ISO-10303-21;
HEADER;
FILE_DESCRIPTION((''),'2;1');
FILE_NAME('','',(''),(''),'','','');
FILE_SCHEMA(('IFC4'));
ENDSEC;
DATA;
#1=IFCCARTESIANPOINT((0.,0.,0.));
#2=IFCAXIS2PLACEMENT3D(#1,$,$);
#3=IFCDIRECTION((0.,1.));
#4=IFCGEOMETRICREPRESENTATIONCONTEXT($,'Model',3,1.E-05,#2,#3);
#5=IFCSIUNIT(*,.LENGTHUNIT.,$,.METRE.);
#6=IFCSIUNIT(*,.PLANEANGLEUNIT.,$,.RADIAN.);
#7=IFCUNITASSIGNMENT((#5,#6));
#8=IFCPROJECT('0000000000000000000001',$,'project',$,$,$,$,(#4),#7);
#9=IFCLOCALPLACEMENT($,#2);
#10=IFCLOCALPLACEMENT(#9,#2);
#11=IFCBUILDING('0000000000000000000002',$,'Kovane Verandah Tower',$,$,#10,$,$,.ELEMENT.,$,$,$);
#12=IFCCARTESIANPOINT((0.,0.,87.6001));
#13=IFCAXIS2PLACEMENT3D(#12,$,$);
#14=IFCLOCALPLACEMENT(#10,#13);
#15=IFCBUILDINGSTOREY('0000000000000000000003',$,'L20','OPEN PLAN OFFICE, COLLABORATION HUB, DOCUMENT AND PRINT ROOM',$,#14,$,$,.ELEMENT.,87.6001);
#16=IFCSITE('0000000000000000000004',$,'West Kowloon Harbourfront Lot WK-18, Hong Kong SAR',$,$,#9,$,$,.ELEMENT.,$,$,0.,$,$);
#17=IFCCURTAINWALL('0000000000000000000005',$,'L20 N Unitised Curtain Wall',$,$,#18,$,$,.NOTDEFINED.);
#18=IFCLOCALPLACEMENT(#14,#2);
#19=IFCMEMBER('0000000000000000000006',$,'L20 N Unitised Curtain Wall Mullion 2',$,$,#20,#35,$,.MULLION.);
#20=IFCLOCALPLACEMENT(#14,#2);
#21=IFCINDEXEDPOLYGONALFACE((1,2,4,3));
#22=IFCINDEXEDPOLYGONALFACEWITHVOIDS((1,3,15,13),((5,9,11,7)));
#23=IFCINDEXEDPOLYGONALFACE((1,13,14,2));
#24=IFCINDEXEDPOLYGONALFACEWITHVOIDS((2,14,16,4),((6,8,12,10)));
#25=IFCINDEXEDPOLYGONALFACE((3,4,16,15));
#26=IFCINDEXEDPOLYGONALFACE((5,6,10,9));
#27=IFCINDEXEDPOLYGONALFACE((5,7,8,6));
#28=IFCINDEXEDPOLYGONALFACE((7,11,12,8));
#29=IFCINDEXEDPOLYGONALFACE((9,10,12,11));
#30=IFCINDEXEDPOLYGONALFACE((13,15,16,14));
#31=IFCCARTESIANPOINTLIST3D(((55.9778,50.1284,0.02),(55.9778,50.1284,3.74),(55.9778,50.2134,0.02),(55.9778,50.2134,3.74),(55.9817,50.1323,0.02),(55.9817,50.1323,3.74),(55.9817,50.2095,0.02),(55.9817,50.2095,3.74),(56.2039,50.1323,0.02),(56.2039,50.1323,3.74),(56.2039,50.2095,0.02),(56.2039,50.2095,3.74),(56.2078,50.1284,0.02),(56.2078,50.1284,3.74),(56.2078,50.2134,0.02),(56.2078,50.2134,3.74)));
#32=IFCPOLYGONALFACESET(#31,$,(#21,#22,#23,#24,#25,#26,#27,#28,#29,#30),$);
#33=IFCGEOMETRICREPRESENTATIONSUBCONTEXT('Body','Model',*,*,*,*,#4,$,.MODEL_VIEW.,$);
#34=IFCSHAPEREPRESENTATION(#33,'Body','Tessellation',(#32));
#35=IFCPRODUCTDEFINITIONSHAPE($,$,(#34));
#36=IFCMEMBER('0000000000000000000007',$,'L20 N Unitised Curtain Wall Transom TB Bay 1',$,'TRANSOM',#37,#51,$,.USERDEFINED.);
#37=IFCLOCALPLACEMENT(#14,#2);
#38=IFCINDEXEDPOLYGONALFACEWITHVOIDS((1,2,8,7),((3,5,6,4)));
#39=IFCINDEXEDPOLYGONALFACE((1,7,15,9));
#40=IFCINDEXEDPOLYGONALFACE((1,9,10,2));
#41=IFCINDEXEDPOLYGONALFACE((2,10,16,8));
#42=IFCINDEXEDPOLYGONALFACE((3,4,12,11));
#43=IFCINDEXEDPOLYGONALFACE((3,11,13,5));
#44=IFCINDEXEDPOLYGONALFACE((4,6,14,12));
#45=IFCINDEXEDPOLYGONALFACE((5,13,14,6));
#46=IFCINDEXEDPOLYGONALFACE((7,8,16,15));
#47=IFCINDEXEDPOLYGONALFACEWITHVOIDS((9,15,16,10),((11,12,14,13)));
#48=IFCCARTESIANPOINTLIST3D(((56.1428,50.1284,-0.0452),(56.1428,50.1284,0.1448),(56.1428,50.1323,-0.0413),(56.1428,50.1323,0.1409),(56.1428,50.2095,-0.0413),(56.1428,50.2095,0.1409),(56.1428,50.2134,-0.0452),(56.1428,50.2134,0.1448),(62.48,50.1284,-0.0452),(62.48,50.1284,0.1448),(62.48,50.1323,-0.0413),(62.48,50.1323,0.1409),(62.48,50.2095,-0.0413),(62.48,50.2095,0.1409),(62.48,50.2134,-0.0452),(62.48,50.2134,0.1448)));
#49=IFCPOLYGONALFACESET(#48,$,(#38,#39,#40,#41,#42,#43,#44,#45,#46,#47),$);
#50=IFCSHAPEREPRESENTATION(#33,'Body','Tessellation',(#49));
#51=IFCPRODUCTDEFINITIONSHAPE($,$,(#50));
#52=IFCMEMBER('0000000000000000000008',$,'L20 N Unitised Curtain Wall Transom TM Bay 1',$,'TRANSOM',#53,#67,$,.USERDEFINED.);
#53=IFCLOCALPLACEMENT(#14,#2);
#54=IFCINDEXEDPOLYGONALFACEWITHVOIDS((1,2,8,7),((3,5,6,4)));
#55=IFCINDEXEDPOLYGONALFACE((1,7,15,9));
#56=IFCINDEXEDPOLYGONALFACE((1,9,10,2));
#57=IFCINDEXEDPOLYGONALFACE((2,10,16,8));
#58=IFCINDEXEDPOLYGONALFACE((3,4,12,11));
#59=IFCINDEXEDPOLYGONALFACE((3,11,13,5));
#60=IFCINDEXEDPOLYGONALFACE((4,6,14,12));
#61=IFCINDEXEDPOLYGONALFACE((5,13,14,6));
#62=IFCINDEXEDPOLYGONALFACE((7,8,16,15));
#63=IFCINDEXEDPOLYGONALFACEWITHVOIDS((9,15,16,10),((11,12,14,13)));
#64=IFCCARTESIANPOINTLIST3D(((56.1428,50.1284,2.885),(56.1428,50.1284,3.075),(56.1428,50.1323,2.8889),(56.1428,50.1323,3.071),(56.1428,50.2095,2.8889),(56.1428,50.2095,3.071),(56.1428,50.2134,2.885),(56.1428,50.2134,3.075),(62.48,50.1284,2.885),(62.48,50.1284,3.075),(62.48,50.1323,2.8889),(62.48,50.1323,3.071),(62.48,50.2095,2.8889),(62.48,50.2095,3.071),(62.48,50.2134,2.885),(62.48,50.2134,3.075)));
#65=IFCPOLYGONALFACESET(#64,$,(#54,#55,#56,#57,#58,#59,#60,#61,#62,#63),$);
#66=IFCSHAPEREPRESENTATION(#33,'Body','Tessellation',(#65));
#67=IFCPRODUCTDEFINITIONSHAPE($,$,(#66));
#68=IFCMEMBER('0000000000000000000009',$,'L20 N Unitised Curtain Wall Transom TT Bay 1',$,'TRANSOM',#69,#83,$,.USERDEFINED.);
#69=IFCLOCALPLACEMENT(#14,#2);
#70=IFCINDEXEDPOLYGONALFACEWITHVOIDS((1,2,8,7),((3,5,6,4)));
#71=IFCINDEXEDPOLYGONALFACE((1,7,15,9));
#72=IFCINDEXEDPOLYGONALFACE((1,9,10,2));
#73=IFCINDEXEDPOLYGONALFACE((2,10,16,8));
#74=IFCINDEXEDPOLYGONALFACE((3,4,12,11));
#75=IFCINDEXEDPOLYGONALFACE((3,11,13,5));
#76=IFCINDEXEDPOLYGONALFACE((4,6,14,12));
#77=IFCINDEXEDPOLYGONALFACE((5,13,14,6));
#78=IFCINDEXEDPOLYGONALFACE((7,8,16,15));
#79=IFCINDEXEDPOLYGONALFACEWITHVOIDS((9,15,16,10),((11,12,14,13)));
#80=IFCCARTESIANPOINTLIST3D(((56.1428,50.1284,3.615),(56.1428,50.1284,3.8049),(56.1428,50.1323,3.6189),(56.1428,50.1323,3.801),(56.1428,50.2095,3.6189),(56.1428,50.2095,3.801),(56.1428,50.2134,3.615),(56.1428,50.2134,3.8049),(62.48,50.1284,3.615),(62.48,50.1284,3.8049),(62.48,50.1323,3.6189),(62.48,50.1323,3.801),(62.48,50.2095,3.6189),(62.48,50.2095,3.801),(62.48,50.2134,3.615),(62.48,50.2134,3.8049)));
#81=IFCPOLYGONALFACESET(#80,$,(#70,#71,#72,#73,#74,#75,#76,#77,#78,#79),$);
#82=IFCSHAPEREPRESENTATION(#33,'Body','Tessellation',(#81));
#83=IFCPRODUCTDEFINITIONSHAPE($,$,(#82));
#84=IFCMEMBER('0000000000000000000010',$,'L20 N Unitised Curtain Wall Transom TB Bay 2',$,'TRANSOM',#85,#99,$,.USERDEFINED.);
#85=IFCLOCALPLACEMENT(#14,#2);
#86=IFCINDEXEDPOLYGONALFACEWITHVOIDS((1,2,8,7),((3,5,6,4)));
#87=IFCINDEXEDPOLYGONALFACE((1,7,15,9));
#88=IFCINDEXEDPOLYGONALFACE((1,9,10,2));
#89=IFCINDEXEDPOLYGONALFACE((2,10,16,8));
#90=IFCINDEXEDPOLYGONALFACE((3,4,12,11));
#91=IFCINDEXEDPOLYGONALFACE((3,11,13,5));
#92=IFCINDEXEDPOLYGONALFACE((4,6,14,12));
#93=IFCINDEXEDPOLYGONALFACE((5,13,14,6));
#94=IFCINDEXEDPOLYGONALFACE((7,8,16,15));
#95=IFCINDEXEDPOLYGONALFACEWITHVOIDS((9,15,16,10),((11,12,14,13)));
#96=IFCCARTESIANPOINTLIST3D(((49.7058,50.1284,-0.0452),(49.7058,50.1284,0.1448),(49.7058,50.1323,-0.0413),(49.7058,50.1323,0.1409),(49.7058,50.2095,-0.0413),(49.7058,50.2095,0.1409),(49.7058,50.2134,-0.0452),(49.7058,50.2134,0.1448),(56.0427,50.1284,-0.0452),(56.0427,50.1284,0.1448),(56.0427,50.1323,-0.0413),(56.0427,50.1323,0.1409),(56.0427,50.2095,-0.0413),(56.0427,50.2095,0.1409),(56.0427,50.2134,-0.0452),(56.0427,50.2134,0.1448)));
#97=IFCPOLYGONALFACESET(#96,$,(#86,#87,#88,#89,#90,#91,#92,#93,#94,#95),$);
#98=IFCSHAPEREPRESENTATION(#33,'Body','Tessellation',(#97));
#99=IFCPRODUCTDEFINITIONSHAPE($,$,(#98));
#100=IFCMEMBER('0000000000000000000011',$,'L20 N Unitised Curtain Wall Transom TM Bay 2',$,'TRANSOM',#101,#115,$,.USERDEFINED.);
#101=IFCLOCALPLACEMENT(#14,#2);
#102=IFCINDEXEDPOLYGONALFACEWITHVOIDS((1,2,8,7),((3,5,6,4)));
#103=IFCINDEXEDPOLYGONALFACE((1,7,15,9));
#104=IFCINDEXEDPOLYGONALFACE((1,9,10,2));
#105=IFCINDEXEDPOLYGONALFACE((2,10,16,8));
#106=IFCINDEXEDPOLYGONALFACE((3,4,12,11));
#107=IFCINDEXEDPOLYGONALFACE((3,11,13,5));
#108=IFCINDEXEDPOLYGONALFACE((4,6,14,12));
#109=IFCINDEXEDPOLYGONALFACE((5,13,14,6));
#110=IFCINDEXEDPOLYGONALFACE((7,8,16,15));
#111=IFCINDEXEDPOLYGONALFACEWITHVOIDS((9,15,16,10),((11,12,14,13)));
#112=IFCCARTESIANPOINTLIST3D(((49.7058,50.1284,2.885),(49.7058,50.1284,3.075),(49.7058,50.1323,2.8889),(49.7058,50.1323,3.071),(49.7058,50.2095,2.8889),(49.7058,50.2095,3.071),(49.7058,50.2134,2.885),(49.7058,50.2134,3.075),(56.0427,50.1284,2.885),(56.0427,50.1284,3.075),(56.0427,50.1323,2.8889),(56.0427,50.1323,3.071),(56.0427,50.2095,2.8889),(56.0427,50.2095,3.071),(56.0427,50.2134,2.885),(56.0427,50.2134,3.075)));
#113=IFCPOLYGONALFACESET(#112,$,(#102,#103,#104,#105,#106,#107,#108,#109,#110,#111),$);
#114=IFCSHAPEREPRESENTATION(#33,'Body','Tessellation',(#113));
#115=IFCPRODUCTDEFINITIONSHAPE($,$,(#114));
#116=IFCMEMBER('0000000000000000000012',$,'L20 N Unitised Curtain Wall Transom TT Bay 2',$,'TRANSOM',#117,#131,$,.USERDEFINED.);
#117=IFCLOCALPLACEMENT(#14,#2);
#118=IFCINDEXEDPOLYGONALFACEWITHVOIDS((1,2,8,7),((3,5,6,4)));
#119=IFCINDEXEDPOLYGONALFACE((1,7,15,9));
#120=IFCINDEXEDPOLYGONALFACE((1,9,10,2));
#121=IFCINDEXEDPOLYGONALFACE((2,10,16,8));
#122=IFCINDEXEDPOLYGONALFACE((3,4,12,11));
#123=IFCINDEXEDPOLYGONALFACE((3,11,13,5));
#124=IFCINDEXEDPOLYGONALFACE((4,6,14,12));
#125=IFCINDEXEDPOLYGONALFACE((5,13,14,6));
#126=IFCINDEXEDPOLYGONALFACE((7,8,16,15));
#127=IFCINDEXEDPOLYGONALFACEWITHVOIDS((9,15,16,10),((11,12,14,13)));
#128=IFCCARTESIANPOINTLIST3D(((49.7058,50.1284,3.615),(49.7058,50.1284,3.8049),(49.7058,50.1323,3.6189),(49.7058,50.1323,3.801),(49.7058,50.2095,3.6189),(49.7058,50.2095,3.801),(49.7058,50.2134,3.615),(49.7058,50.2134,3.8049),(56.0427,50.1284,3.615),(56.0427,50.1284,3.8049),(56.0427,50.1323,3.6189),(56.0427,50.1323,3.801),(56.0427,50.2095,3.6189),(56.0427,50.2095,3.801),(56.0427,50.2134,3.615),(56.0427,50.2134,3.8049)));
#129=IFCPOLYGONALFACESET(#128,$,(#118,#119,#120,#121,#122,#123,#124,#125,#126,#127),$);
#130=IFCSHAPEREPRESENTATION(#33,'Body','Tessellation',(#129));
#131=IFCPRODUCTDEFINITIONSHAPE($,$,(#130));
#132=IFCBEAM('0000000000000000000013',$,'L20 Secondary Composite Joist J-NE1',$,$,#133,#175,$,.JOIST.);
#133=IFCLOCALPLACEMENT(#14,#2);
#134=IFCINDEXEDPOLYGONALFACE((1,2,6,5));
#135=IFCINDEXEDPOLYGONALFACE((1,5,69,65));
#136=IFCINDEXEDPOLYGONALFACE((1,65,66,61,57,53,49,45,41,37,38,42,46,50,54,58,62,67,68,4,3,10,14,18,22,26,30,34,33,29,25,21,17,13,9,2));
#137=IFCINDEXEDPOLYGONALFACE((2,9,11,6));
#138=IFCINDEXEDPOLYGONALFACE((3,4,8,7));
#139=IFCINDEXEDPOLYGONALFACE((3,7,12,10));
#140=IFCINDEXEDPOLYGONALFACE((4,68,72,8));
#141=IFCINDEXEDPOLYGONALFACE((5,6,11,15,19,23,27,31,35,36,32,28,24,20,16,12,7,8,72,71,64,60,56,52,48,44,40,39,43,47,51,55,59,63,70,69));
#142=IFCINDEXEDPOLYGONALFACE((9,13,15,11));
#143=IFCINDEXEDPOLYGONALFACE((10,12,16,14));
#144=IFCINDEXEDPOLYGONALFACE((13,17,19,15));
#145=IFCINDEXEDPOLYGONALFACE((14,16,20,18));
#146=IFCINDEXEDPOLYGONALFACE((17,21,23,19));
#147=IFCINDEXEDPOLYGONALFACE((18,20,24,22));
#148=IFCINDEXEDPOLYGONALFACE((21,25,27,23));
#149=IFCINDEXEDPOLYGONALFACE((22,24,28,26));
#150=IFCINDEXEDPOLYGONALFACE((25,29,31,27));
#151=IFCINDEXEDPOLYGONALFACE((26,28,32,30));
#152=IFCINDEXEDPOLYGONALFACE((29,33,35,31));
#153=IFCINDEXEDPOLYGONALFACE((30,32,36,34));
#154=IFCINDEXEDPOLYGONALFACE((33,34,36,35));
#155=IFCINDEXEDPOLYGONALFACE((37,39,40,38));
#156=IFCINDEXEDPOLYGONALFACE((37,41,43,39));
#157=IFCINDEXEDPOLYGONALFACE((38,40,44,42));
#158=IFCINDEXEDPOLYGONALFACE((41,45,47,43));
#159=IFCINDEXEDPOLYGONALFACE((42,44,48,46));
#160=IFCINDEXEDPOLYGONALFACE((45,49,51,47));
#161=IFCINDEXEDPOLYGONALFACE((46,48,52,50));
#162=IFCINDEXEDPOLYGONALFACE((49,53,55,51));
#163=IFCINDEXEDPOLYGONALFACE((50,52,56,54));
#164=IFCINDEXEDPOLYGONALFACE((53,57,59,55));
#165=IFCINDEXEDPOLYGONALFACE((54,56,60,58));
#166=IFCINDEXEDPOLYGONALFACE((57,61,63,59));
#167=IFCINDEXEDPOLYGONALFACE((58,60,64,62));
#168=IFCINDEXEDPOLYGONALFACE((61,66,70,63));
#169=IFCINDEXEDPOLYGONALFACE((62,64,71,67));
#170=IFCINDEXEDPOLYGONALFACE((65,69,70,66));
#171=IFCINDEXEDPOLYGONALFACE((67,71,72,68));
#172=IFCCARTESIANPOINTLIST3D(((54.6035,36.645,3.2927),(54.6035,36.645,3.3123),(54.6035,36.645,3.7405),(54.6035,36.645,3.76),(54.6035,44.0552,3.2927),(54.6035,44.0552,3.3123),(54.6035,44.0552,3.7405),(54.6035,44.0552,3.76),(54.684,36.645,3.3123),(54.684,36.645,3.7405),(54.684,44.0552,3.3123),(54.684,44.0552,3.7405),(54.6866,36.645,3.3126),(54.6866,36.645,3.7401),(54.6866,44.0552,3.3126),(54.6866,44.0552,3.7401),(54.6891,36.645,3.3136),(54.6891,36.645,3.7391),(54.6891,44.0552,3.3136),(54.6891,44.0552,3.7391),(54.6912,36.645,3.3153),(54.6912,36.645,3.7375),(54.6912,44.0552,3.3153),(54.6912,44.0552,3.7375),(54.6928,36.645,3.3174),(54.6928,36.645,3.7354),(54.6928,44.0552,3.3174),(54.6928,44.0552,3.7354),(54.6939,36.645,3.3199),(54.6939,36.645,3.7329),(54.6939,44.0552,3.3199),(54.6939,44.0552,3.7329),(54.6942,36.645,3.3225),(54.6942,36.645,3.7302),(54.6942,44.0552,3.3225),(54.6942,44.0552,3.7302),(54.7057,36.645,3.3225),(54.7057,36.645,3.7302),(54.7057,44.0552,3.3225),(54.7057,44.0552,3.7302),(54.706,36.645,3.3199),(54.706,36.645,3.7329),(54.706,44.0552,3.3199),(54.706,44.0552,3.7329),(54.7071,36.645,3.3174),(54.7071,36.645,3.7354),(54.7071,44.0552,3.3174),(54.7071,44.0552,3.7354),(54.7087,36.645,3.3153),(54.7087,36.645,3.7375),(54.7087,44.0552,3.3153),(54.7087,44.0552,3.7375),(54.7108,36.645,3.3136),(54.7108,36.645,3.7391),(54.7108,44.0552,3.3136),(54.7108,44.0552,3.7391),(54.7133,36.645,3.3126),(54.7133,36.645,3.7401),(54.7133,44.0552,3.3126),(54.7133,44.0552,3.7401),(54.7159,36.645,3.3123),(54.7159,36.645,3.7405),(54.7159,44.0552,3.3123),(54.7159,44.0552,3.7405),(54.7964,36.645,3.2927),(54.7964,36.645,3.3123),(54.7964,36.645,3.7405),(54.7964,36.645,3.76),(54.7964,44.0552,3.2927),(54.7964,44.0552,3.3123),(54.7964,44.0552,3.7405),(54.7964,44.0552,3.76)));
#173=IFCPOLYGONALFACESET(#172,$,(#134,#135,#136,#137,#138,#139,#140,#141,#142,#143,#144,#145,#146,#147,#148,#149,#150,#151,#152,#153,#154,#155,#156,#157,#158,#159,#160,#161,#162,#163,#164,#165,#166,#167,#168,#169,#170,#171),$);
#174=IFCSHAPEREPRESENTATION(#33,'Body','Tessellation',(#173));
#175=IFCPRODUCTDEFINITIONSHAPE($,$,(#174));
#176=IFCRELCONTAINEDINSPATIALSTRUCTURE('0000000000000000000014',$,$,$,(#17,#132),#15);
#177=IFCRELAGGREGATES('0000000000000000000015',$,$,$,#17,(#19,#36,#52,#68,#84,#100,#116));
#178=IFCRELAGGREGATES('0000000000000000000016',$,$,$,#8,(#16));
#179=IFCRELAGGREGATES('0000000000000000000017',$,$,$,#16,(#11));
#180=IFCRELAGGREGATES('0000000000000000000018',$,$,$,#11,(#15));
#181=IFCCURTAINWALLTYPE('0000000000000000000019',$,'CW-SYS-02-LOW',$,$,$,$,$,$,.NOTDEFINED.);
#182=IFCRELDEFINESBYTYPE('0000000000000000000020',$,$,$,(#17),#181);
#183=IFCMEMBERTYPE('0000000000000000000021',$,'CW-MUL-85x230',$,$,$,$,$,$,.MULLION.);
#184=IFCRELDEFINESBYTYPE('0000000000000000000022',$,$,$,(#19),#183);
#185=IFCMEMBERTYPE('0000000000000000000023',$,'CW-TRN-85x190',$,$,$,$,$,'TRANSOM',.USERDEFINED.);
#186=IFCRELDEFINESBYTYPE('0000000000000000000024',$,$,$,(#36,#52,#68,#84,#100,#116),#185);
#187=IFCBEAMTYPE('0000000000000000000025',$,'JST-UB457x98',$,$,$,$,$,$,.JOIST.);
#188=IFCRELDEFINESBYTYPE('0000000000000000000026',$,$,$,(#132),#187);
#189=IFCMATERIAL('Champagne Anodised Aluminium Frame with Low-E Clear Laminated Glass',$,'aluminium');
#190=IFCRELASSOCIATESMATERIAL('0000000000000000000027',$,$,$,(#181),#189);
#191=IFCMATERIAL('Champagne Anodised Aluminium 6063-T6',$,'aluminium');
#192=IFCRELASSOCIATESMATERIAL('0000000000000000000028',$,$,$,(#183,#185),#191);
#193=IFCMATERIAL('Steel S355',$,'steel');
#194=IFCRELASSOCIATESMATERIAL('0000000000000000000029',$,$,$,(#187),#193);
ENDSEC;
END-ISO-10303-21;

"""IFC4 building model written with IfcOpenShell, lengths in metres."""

from ifc_helpers import new_model, si_unit, direction, frame, origin, origin_2d, place, context, subcontext, project, spatial, hollow_rectangle, i_section, extrude, material, material_profile, profile_set, type_object, element, aggregate, save


model = new_model("IFC4")

# Units and contexts
model_context = context("Model", 3, precision=1e-05, world=origin(), true_north=direction((0.0, 1.0)))
body_context = subcontext(model_context, "Body", "Model", "MODEL_VIEW")
ifc_project = project(units=[si_unit("LENGTHUNIT", "METRE"), si_unit("PLANEANGLEUNIT", "RADIAN")], contexts=[model_context])

# Site, building, storey
site_placement = place(None, origin())
site = spatial("IfcSite", under=ifc_project, at=site_placement, Name="West Kowloon Harbourfront Lot WK-18, Hong Kong SAR", CompositionType="ELEMENT", RefElevation=0.0)
building_placement = place(site_placement, origin())
building = spatial("IfcBuilding", under=site, at=building_placement, Name="Kovane Verandah Tower", CompositionType="ELEMENT")
storey_placement = place(building_placement, frame((0.0, 0.0, 87.6001)))
storey = spatial("IfcBuildingStorey", under=building, at=storey_placement, Name="L20", Description="OPEN PLAN OFFICE, COLLABORATION HUB, DOCUMENT AND PRINT ROOM", CompositionType="ELEMENT", Elevation=87.6001)

# Shared definitions
ifc_material_1 = material(Name="Steel S355", Category="steel")

# Curtain wall, members
ifc_material_2 = material(Name="Champagne Anodised Aluminium Frame with Low-E Clear Laminated Glass", Category="aluminium")
curtain_wall_type = type_object("IfcCurtainWallType", Name="CW-SYS-02-LOW", PredefinedType="NOTDEFINED", material=ifc_material_2)
curtain_wall_placement = place(storey_placement, origin())
curtain_wall = element("IfcCurtainWall", 1, at=curtain_wall_placement, inside=storey, type_object=curtain_wall_type, Name="L20 N Unitised Curtain Wall", PredefinedType="NOTDEFINED")
ifc_material_3 = material(Name="Champagne Anodised Aluminium 6063-T6", Category="aluminium")
ifc_material_profile_1 = material_profile(ifc_material_3, hollow_rectangle(XDim=0.085, YDim=0.23, WallThickness=0.0039, at=origin_2d()), Name="AL85x230x4")
ifc_profile_set_1 = profile_set([ifc_material_profile_1], Name="Champagne Anodised Aluminium 6063-T6")
member_type_1 = type_object("IfcMemberType", Name="CW-MUL-85x230", PredefinedType="MULLION", material=ifc_profile_set_1)
member_1_placement = place(storey_placement, frame((56.0928, 50.1709, 0.02), z_axis=(0.0, 0.0, 1.0), x_axis=(0.0, 1.0, 0.0)))
member_1 = element("IfcMember", 2, at=member_1_placement, type_object=member_type_1, Name="L20 N Unitised Curtain Wall Mullion 2", PredefinedType="MULLION", context=body_context, shape_type="SweptSolid", body=[
    extrude(hollow_rectangle(XDim=0.085, YDim=0.23, WallThickness=0.0039, at=origin_2d()), origin(), (0.0, 0.0, 1.0), 3.72),
])
ifc_material_profile_2 = material_profile(ifc_material_3, hollow_rectangle(XDim=0.085, YDim=0.1899, WallThickness=0.0039, at=origin_2d()), Name="AL85x190x4")
ifc_profile_set_2 = profile_set([ifc_material_profile_2], Name="Champagne Anodised Aluminium 6063-T6")
member_type_2 = type_object("IfcMemberType", Name="CW-TRN-85x190", ElementType="TRANSOM", PredefinedType="USERDEFINED", material=ifc_profile_set_2)
member_2_placement = place(storey_placement, frame((62.48, 50.1709, 0.0498), z_axis=(-1.0, 0.0, 0.0), x_axis=(0.0, -1.0, 0.0)))
member_2 = element("IfcMember", 3, at=member_2_placement, type_object=member_type_2, Name="L20 N Unitised Curtain Wall Transom TB Bay 1", ObjectType="TRANSOM", PredefinedType="USERDEFINED", context=body_context, shape_type="SweptSolid", body=[
    extrude(hollow_rectangle(XDim=0.085, YDim=0.1899, WallThickness=0.0039, at=origin_2d()), origin(), (0.0, 0.0, 1.0), 6.3372),
])
member_3_placement = place(storey_placement, frame((62.48, 50.1709, 2.98), z_axis=(-1.0, 0.0, 0.0), x_axis=(0.0, -1.0, 0.0)))
member_3 = element("IfcMember", 4, at=member_3_placement, type_object=member_type_2, Name="L20 N Unitised Curtain Wall Transom TM Bay 1", ObjectType="TRANSOM", PredefinedType="USERDEFINED", context=body_context, shape_type="SweptSolid", body=[
    extrude(hollow_rectangle(XDim=0.085, YDim=0.1899, WallThickness=0.0039, at=origin_2d()), origin(), (0.0, 0.0, 1.0), 6.3372),
])
member_4_placement = place(storey_placement, frame((62.48, 50.1709, 3.71), z_axis=(-1.0, 0.0, 0.0), x_axis=(0.0, -1.0, 0.0)))
member_4 = element("IfcMember", 5, at=member_4_placement, type_object=member_type_2, Name="L20 N Unitised Curtain Wall Transom TT Bay 1", ObjectType="TRANSOM", PredefinedType="USERDEFINED", context=body_context, shape_type="SweptSolid", body=[
    extrude(hollow_rectangle(XDim=0.085, YDim=0.1899, WallThickness=0.0039, at=origin_2d()), origin(), (0.0, 0.0, 1.0), 6.3372),
])
member_5_placement = place(storey_placement, frame((56.0427, 50.1709, 0.0498), z_axis=(-1.0, 0.0, 0.0), x_axis=(0.0, -1.0, 0.0)))
member_5 = element("IfcMember", 6, at=member_5_placement, type_object=member_type_2, Name="L20 N Unitised Curtain Wall Transom TB Bay 2", ObjectType="TRANSOM", PredefinedType="USERDEFINED", context=body_context, shape_type="SweptSolid", body=[
    extrude(hollow_rectangle(XDim=0.085, YDim=0.1899, WallThickness=0.0039, at=origin_2d()), origin(), (0.0, 0.0, 1.0), 6.3369),
])
member_6_placement = place(storey_placement, frame((56.0427, 50.1709, 2.98), z_axis=(-1.0, 0.0, 0.0), x_axis=(0.0, -1.0, 0.0)))
member_6 = element("IfcMember", 7, at=member_6_placement, type_object=member_type_2, Name="L20 N Unitised Curtain Wall Transom TM Bay 2", ObjectType="TRANSOM", PredefinedType="USERDEFINED", context=body_context, shape_type="SweptSolid", body=[
    extrude(hollow_rectangle(XDim=0.085, YDim=0.1899, WallThickness=0.0039, at=origin_2d()), origin(), (0.0, 0.0, 1.0), 6.3369),
])
member_7_placement = place(storey_placement, frame((56.0427, 50.1709, 3.71), z_axis=(-1.0, 0.0, 0.0), x_axis=(0.0, -1.0, 0.0)))
member_7 = element("IfcMember", 8, at=member_7_placement, type_object=member_type_2, Name="L20 N Unitised Curtain Wall Transom TT Bay 2", ObjectType="TRANSOM", PredefinedType="USERDEFINED", context=body_context, shape_type="SweptSolid", body=[
    extrude(hollow_rectangle(XDim=0.085, YDim=0.1899, WallThickness=0.0039, at=origin_2d()), origin(), (0.0, 0.0, 1.0), 6.3369),
])

# Beam
ifc_material_profile_3 = material_profile(ifc_material_1, i_section(OverallWidth=0.1929, OverallDepth=0.4673, WebThickness=0.0115, FlangeThickness=0.0195, FilletRadius=0.0103, at=origin_2d()), Name="UB457x191x98")
ifc_profile_set_3 = profile_set([ifc_material_profile_3], Name="Steel S355")
beam_type_1 = type_object("IfcBeamType", Name="JST-UB457x98", PredefinedType="JOIST", material=ifc_profile_set_3)
beam_1_placement = place(storey_placement, frame((54.7, 36.645, 3.5264), z_axis=(0.0, 1.0, 0.0), x_axis=(-1.0, 0.0, 0.0)))
element("IfcBeam", 9, at=beam_1_placement, inside=storey, type_object=beam_type_1, Name="L20 Secondary Composite Joist J-NE1", PredefinedType="JOIST", context=body_context, shape_type="SweptSolid", body=[
    extrude(i_section(OverallWidth=0.1929, OverallDepth=0.4673, WebThickness=0.0115, FlangeThickness=0.0195, FilletRadius=0.0103, at=origin_2d()), origin(), (0.0, 0.0, 1.0), 7.4102),
])

aggregate(curtain_wall, [member_1, member_2, member_3, member_4, member_5, member_6, member_7])

save(model, "model.ifc")
